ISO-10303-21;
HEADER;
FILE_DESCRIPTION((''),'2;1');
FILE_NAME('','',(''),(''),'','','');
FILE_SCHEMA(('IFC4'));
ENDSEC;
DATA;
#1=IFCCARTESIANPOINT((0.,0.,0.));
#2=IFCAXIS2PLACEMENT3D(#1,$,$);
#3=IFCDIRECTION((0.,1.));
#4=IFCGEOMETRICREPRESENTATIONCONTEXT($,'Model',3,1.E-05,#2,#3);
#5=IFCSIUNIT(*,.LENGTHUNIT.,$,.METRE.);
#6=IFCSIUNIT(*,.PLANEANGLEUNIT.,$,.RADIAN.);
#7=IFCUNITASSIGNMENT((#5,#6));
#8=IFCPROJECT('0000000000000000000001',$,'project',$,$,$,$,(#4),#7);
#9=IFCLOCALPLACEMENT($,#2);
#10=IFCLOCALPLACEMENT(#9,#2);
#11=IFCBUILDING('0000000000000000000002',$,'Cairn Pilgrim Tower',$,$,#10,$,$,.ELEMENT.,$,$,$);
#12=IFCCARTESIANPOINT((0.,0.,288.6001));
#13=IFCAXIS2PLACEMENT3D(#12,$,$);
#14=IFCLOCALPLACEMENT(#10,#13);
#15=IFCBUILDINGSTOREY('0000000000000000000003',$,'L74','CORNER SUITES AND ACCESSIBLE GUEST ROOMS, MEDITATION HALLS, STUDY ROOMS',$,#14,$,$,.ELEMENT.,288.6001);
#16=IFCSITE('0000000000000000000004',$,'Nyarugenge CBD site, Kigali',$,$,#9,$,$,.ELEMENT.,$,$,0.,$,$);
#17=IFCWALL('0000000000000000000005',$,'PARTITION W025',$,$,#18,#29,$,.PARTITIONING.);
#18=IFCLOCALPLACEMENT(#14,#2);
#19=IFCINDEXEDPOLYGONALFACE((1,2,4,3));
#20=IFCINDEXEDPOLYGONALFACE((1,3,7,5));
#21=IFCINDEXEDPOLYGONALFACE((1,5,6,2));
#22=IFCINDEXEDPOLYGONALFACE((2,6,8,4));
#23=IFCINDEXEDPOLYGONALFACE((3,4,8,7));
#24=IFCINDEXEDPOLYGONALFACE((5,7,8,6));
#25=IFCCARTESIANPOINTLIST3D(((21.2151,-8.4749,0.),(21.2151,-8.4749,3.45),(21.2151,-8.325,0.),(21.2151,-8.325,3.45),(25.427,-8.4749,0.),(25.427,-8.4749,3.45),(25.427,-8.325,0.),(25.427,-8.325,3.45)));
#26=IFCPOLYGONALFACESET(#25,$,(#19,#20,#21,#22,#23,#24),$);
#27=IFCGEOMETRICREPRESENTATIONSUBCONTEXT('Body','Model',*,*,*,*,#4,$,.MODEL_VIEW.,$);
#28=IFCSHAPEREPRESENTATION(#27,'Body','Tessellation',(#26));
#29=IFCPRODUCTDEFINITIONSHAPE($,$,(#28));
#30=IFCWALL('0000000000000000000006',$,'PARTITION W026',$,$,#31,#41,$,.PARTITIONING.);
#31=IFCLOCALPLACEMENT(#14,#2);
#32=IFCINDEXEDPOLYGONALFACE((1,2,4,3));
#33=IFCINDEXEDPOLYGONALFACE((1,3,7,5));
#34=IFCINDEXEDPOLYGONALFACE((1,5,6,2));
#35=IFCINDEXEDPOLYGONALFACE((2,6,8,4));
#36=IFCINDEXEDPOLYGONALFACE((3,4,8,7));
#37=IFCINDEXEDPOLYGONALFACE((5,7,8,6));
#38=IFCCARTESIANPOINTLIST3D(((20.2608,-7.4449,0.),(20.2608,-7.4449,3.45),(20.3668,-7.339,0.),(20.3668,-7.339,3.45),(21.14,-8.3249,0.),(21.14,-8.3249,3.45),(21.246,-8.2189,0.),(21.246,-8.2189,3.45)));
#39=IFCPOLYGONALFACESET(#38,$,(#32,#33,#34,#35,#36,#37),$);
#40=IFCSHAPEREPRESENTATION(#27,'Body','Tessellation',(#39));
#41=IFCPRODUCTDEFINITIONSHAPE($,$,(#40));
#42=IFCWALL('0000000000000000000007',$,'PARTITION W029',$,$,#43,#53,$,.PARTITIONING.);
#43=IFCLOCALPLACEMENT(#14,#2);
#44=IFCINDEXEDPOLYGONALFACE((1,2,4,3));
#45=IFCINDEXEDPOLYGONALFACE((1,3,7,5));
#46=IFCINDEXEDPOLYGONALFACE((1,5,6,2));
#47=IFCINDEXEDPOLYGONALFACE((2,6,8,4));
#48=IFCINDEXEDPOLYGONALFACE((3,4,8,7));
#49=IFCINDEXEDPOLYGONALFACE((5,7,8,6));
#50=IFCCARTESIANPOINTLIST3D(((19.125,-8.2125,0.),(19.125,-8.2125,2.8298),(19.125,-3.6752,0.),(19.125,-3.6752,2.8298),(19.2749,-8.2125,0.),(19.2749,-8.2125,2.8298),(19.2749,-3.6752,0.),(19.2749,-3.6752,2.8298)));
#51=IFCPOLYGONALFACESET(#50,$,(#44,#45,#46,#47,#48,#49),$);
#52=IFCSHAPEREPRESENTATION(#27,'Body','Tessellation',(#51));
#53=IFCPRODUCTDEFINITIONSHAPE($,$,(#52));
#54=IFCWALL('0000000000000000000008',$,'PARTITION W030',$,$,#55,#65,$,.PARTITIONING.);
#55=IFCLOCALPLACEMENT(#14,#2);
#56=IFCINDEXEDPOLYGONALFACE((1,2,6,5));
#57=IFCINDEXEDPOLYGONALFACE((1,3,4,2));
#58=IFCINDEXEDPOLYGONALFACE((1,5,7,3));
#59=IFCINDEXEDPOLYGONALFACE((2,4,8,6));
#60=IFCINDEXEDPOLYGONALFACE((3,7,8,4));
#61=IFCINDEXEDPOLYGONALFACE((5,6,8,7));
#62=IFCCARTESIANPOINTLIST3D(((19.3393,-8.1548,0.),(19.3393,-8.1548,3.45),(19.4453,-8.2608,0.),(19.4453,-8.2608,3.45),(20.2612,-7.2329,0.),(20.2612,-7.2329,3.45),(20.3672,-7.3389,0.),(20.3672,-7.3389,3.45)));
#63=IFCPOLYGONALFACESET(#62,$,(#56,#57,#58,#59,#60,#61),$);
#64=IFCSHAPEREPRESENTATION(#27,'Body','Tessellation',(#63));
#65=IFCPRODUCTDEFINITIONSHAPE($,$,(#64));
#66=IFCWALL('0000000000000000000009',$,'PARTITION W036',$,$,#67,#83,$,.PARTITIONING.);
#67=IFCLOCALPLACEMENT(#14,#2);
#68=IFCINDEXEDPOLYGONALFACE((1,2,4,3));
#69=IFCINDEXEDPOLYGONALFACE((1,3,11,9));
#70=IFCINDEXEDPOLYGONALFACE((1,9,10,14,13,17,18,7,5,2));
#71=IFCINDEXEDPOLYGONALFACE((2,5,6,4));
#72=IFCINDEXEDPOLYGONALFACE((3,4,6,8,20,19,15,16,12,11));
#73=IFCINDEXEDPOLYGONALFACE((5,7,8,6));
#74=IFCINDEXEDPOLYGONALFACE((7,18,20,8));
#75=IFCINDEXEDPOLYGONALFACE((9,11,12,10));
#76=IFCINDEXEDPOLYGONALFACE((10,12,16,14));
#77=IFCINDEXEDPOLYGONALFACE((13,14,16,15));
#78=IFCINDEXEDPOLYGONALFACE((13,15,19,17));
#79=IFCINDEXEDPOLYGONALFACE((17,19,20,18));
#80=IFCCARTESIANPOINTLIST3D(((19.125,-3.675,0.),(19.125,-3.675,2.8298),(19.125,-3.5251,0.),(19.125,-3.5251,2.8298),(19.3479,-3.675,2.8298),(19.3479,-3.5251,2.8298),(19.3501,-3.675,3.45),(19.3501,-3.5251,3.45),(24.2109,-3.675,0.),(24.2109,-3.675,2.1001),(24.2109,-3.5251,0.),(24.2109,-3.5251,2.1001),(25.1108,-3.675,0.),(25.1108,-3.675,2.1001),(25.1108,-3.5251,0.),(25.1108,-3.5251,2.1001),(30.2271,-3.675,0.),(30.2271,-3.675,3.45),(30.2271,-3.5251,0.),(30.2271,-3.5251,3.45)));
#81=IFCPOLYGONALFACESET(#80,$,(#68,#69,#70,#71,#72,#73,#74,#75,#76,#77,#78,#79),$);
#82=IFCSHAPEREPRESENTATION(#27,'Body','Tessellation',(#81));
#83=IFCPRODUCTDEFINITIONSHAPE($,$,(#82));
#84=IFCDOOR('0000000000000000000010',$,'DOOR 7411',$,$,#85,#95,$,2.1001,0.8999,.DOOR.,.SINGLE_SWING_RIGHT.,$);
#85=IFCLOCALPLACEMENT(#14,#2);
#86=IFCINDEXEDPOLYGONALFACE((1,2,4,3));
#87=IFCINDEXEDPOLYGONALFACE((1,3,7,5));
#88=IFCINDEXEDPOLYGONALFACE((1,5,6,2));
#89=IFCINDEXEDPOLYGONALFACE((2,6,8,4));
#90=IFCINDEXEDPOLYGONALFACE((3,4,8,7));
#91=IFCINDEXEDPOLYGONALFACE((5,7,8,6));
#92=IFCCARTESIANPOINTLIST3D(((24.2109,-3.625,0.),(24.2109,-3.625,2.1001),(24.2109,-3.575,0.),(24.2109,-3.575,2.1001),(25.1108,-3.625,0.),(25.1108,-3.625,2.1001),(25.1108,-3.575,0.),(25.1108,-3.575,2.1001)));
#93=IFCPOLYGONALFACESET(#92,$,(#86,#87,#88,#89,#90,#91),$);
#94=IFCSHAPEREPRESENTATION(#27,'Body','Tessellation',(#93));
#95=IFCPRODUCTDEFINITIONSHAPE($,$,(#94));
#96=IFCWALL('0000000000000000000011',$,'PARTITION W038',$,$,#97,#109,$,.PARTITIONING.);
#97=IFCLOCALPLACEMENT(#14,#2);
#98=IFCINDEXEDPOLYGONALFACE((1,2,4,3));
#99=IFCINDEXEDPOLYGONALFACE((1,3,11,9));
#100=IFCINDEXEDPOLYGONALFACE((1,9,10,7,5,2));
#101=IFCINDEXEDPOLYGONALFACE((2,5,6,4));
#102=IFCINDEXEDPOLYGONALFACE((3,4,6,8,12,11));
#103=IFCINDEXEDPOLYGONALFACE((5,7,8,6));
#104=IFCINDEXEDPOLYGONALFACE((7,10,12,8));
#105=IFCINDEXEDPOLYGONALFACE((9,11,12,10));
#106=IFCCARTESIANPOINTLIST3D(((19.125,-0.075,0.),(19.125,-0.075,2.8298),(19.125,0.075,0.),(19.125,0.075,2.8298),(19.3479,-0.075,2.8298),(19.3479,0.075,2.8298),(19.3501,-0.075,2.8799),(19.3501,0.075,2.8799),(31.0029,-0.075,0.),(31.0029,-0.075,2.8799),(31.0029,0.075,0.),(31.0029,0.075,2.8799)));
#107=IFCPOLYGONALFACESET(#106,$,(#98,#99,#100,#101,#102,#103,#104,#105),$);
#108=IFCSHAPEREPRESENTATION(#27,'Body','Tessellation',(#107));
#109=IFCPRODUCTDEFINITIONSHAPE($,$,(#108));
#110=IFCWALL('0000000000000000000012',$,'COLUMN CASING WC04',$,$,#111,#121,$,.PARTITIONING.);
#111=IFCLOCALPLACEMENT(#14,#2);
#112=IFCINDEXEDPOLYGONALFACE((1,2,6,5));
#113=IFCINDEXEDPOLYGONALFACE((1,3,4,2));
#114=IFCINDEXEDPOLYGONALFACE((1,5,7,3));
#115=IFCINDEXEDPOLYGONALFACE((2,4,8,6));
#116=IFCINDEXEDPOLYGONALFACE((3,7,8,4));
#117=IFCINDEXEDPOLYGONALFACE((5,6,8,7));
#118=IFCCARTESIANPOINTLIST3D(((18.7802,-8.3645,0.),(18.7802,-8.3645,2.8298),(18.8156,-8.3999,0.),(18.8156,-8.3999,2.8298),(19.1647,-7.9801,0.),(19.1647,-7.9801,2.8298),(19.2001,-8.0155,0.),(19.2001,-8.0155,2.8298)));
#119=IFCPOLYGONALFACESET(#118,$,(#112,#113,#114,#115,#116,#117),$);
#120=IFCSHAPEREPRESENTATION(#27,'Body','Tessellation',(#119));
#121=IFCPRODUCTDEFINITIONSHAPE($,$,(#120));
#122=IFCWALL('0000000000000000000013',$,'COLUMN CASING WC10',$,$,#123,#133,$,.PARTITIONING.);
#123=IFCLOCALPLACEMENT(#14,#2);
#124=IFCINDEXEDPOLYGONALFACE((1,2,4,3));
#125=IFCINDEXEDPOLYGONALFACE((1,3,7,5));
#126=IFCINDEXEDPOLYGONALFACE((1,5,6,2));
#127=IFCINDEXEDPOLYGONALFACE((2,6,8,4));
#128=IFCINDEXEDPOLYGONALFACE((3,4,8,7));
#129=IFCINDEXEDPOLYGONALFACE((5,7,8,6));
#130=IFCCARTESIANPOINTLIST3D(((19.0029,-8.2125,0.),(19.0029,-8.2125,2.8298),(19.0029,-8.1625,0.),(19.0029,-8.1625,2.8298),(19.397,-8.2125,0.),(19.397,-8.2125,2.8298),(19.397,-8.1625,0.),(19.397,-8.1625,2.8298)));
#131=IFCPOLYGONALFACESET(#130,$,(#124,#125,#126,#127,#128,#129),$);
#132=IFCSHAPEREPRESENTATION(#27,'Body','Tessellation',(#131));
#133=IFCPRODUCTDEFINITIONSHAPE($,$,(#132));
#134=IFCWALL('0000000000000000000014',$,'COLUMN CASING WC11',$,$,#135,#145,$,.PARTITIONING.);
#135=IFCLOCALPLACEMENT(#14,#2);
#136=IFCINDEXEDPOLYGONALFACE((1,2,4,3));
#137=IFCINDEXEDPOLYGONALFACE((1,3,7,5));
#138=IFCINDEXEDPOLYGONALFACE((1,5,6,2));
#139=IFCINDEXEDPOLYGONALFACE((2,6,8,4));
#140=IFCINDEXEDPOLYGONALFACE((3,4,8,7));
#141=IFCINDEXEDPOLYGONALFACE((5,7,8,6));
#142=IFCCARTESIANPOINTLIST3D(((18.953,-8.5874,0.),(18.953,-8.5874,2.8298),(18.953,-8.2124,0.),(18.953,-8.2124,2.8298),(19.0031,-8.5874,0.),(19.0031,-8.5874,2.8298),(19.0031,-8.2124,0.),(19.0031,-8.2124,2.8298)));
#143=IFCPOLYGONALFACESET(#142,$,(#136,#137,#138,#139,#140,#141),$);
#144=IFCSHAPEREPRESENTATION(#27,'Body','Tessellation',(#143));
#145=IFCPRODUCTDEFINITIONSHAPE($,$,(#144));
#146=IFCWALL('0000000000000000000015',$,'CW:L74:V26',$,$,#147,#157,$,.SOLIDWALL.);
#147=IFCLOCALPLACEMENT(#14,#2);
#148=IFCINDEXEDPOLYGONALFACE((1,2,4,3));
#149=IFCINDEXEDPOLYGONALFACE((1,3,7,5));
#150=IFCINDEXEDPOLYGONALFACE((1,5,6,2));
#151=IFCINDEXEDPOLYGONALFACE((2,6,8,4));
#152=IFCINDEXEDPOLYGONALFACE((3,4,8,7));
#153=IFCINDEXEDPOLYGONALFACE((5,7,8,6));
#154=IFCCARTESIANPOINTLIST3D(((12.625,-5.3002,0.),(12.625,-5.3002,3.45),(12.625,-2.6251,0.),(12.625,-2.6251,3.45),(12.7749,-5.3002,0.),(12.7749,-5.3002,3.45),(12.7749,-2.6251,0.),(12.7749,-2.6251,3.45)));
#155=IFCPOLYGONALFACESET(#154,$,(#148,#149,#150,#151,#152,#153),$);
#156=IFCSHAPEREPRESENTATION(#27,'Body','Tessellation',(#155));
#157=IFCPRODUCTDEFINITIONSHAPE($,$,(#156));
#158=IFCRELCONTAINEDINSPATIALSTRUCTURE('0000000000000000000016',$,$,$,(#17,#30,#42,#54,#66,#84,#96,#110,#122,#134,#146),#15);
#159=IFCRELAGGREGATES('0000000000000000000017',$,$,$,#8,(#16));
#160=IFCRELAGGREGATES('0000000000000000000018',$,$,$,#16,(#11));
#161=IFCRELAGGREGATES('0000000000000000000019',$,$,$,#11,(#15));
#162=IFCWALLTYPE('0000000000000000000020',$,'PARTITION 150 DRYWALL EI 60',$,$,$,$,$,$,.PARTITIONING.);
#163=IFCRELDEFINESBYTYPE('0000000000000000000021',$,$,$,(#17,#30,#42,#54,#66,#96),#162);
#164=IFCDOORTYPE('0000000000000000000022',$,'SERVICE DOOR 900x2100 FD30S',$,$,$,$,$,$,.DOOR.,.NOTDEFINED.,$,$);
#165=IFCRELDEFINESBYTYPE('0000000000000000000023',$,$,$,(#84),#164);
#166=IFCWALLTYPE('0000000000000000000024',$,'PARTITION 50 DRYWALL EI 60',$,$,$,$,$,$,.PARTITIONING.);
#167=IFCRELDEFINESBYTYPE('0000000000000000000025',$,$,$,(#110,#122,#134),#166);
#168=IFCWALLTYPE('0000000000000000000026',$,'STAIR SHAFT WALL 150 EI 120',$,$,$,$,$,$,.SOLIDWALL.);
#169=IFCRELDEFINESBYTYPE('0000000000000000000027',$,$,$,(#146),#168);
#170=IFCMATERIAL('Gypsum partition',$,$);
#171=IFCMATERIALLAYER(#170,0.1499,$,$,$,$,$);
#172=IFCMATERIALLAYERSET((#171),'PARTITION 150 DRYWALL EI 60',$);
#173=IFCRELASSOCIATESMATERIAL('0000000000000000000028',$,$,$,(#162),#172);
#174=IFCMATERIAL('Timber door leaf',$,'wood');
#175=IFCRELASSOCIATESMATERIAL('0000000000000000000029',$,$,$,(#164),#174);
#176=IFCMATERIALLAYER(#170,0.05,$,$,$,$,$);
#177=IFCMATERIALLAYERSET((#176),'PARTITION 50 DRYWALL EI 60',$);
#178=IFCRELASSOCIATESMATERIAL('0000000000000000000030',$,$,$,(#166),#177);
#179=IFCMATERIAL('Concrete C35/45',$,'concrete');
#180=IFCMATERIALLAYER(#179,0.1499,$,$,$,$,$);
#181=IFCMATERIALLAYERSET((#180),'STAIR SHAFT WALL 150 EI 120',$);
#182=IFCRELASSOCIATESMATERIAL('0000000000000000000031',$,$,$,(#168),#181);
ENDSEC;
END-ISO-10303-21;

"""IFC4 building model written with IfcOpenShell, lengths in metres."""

from ifc_helpers import new_model, si_unit, direction, frame, frame_2d, origin, place, context, subcontext, project, spatial, polyline, rectangle, outline, extrude, material, layer, layer_set, type_object, element, fill, save


model = new_model("IFC4")

# Units and contexts
model_context = context("Model", 3, precision=1e-05, world=origin(), true_north=direction((0.0, 1.0)))
body_context = subcontext(model_context, "Body", "Model", "MODEL_VIEW")
ifc_project = project(units=[si_unit("LENGTHUNIT", "METRE"), si_unit("PLANEANGLEUNIT", "RADIAN")], contexts=[model_context])

# Site, building, storey
site_placement = place(None, origin())
site = spatial("IfcSite", under=ifc_project, at=site_placement, Name="Nyarugenge CBD site, Kigali", CompositionType="ELEMENT", RefElevation=0.0)
building_placement = place(site_placement, origin())
building = spatial("IfcBuilding", under=site, at=building_placement, Name="Cairn Pilgrim Tower", CompositionType="ELEMENT")
storey_placement = place(building_placement, frame((0.0, 0.0, 288.6001)))
storey = spatial("IfcBuildingStorey", under=building, at=storey_placement, Name="L74", Description="CORNER SUITES AND ACCESSIBLE GUEST ROOMS, MEDITATION HALLS, STUDY ROOMS", CompositionType="ELEMENT", Elevation=288.6001)

# Walls
ifc_material_1 = material(Name="Gypsum partition")
ifc_layer_1 = layer(ifc_material_1, 0.1499)
ifc_layer_set_1 = layer_set([ifc_layer_1], Name="PARTITION 150 DRYWALL EI 60")
wall_type_1 = type_object("IfcWallType", Name="PARTITION 150 DRYWALL EI 60", PredefinedType="PARTITIONING", material=ifc_layer_set_1)
wall_1_placement = place(storey_placement, frame((21.2151, -8.3999, 0.0), z_axis=(0.0, 0.0, 1.0), x_axis=(1.0, 0.0, 0.0)))
element("IfcWall", 1, at=wall_1_placement, inside=storey, type_object=wall_type_1, Name="PARTITION W025", PredefinedType="PARTITIONING", context=body_context, shape_type="SweptSolid", body=[
    extrude(rectangle(XDim=4.2119, YDim=0.1499, at=frame_2d((2.106, 0.0))), origin(), (0.0, 0.0, 1.0), 3.45),
])
wall_2_placement = place(storey_placement, frame((21.1931, -8.272, 0.0), z_axis=(0.0, 0.0, 1.0), x_axis=(-0.706812, 0.707401, 0.0)))
element("IfcWall", 2, at=wall_2_placement, inside=storey, type_object=wall_type_1, Name="PARTITION W026", PredefinedType="PARTITIONING", context=body_context, shape_type="SweptSolid", body=[
    extrude(rectangle(XDim=1.2439, YDim=0.1499, at=frame_2d((0.6221, 0.0))), origin(), (0.0, 0.0, 1.0), 3.45),
])
wall_3_placement = place(storey_placement, frame((19.2, -8.2124, 0.0), z_axis=(0.0, 0.0, 1.0), x_axis=(0.0, 1.0, 0.0)))
element("IfcWall", 3, at=wall_3_placement, inside=storey, type_object=wall_type_1, Name="PARTITION W029", PredefinedType="PARTITIONING", context=body_context, shape_type="SweptSolid", body=[
    extrude(rectangle(XDim=4.5374, YDim=0.1499, at=frame_2d((2.2686, 0.0))), origin(), (0.0, 0.0, 1.0), 2.8298),
])
wall_4_placement = place(storey_placement, frame((19.3923, -8.2078, 0.0), z_axis=(0.0, 0.0, 1.0), x_axis=(0.707107, 0.707107, 0.0)))
element("IfcWall", 4, at=wall_4_placement, inside=storey, type_object=wall_type_1, Name="PARTITION W030", PredefinedType="PARTITIONING", context=body_context, shape_type="SweptSolid", body=[
    extrude(rectangle(XDim=1.3037, YDim=0.1499, at=frame_2d((0.6519, 0.0))), origin(), (0.0, 0.0, 1.0), 3.45),
])

# Wall, opening, door
wall_5_placement = place(storey_placement, frame((19.125, -3.6001, 0.0), z_axis=(0.0, 0.0, 1.0), x_axis=(1.0, 0.0, 0.0)))
wall_5 = element("IfcWall", 5, at=wall_5_placement, inside=storey, type_object=wall_type_1, Name="PARTITION W036", PredefinedType="PARTITIONING", context=body_context, shape_type="SweptSolid", body=[
    extrude(outline(polyline([(0.0, 0.0), (11.1021, 0.0), (11.1021, 3.45), (0.2251, 3.45), (0.2229, 2.8298), (0.0, 2.8298), (0.0, 0.0)])), frame((0.0, 0.075, 0.0), z_axis=(0.0, -1.0, 0.0), x_axis=(1.0, 0.0, 0.0)), (0.0, 0.0, 1.0), 0.1499),
])
opening_1_placement = place(wall_5_placement, frame((5.0859, 0.0, 0.0)))
opening_1 = element("IfcOpeningElement", 6, at=opening_1_placement, cuts=wall_5, PredefinedType="OPENING", context=body_context, shape_type="SweptSolid", body=[
    extrude(rectangle(XDim=0.8999, YDim=2.1001, at=frame_2d((0.45, 1.05))), frame((0.0, 0.085, 0.0), z_axis=(0.0, -1.0, 0.0), x_axis=(1.0, 0.0, 0.0)), (0.0, 0.0, 1.0), 0.1699),
])
ifc_material_2 = material(Name="Timber door leaf", Category="wood")
door_type_1 = type_object("IfcDoorType", Name="SERVICE DOOR 900x2100 FD30S", OperationType="NOTDEFINED", PredefinedType="DOOR", material=ifc_material_2)
door_1_placement = place(opening_1_placement, frame((0.8999, 0.0, 0.0), z_axis=(0.0, 0.0, 1.0), x_axis=(-1.0, 0.0, 0.0)))
door_1 = element("IfcDoor", 7, at=door_1_placement, inside=storey, type_object=door_type_1, Name="DOOR 7411", OperationType="SINGLE_SWING_RIGHT", OverallHeight=2.1001, OverallWidth=0.8999, PredefinedType="DOOR", context=body_context, shape_type="SweptSolid", body=[
    extrude(rectangle(XDim=0.8999, YDim=2.1001, at=frame_2d((0.45, 1.05))), frame((0.0, 0.0249, 0.0), z_axis=(0.0, -1.0, 0.0), x_axis=(1.0, 0.0, 0.0)), (0.0, 0.0, 1.0), 0.05),
])
fill(opening_1, door_1)

# Walls
wall_6_placement = place(storey_placement, frame((19.125, 0.0, 0.0), z_axis=(0.0, 0.0, 1.0), x_axis=(1.0, 0.0, 0.0)))
element("IfcWall", 8, at=wall_6_placement, inside=storey, type_object=wall_type_1, Name="PARTITION W038", PredefinedType="PARTITIONING", context=body_context, shape_type="SweptSolid", body=[
    extrude(outline(polyline([(0.0, 0.0), (11.8779, 0.0), (11.8779, 2.8799), (0.2251, 2.8799), (0.2229, 2.8298), (0.0, 2.8298), (0.0, 0.0)])), frame((0.0, 0.075, 0.0), z_axis=(0.0, -1.0, 0.0), x_axis=(1.0, 0.0, 0.0)), (0.0, 0.0, 1.0), 0.1499),
])
ifc_layer_2 = layer(ifc_material_1, 0.05)
ifc_layer_set_2 = layer_set([ifc_layer_2], Name="PARTITION 50 DRYWALL EI 60")
wall_type_2 = type_object("IfcWallType", Name="PARTITION 50 DRYWALL EI 60", PredefinedType="PARTITIONING", material=ifc_layer_set_2)
wall_7_placement = place(storey_placement, frame((18.7979, -8.3823, 0.0), z_axis=(0.0, 0.0, 1.0), x_axis=(0.707107, 0.707107, 0.0)))
element("IfcWall", 9, at=wall_7_placement, inside=storey, type_object=wall_type_2, Name="COLUMN CASING WC04", PredefinedType="PARTITIONING", context=body_context, shape_type="SweptSolid", body=[
    extrude(rectangle(XDim=0.5437, YDim=0.05, at=frame_2d((0.272, 0.0))), origin(), (0.0, 0.0, 1.0), 2.8298),
])
wall_8_placement = place(storey_placement, frame((19.0029, -8.1875, 0.0), z_axis=(0.0, 0.0, 1.0), x_axis=(1.0, 0.0, 0.0)))
element("IfcWall", 10, at=wall_8_placement, inside=storey, type_object=wall_type_2, Name="COLUMN CASING WC10", PredefinedType="PARTITIONING", context=body_context, shape_type="SweptSolid", body=[
    extrude(rectangle(XDim=0.394, YDim=0.05, at=frame_2d((0.197, 0.0))), origin(), (0.0, 0.0, 1.0), 2.8298),
])
wall_9_placement = place(storey_placement, frame((18.978, -8.5874, 0.0), z_axis=(0.0, 0.0, 1.0), x_axis=(0.0, 1.0, 0.0)))
element("IfcWall", 11, at=wall_9_placement, inside=storey, type_object=wall_type_2, Name="COLUMN CASING WC11", PredefinedType="PARTITIONING", context=body_context, shape_type="SweptSolid", body=[
    extrude(rectangle(XDim=0.375, YDim=0.05, at=frame_2d((0.1875, 0.0))), origin(), (0.0, 0.0, 1.0), 2.8298),
])
ifc_material_3 = material(Name="Concrete C35/45", Category="concrete")
ifc_layer_3 = layer(ifc_material_3, 0.1499)
ifc_layer_set_3 = layer_set([ifc_layer_3], Name="STAIR SHAFT WALL 150 EI 120")
wall_type_3 = type_object("IfcWallType", Name="STAIR SHAFT WALL 150 EI 120", PredefinedType="SOLIDWALL", material=ifc_layer_set_3)
wall_10_placement = place(storey_placement, frame((12.7, -5.3, 0.0), z_axis=(0.0, 0.0, 1.0), x_axis=(0.0, 1.0, 0.0)))
element("IfcWall", 12, at=wall_10_placement, inside=storey, type_object=wall_type_3, Name="CW:L74:V26", PredefinedType="SOLIDWALL", context=body_context, shape_type="SweptSolid", body=[
    extrude(rectangle(XDim=2.675, YDim=0.1499, at=frame_2d((1.3374, 0.0))), origin(), (0.0, 0.0, 1.0), 3.45),
])

save(model, "model.ifc")
